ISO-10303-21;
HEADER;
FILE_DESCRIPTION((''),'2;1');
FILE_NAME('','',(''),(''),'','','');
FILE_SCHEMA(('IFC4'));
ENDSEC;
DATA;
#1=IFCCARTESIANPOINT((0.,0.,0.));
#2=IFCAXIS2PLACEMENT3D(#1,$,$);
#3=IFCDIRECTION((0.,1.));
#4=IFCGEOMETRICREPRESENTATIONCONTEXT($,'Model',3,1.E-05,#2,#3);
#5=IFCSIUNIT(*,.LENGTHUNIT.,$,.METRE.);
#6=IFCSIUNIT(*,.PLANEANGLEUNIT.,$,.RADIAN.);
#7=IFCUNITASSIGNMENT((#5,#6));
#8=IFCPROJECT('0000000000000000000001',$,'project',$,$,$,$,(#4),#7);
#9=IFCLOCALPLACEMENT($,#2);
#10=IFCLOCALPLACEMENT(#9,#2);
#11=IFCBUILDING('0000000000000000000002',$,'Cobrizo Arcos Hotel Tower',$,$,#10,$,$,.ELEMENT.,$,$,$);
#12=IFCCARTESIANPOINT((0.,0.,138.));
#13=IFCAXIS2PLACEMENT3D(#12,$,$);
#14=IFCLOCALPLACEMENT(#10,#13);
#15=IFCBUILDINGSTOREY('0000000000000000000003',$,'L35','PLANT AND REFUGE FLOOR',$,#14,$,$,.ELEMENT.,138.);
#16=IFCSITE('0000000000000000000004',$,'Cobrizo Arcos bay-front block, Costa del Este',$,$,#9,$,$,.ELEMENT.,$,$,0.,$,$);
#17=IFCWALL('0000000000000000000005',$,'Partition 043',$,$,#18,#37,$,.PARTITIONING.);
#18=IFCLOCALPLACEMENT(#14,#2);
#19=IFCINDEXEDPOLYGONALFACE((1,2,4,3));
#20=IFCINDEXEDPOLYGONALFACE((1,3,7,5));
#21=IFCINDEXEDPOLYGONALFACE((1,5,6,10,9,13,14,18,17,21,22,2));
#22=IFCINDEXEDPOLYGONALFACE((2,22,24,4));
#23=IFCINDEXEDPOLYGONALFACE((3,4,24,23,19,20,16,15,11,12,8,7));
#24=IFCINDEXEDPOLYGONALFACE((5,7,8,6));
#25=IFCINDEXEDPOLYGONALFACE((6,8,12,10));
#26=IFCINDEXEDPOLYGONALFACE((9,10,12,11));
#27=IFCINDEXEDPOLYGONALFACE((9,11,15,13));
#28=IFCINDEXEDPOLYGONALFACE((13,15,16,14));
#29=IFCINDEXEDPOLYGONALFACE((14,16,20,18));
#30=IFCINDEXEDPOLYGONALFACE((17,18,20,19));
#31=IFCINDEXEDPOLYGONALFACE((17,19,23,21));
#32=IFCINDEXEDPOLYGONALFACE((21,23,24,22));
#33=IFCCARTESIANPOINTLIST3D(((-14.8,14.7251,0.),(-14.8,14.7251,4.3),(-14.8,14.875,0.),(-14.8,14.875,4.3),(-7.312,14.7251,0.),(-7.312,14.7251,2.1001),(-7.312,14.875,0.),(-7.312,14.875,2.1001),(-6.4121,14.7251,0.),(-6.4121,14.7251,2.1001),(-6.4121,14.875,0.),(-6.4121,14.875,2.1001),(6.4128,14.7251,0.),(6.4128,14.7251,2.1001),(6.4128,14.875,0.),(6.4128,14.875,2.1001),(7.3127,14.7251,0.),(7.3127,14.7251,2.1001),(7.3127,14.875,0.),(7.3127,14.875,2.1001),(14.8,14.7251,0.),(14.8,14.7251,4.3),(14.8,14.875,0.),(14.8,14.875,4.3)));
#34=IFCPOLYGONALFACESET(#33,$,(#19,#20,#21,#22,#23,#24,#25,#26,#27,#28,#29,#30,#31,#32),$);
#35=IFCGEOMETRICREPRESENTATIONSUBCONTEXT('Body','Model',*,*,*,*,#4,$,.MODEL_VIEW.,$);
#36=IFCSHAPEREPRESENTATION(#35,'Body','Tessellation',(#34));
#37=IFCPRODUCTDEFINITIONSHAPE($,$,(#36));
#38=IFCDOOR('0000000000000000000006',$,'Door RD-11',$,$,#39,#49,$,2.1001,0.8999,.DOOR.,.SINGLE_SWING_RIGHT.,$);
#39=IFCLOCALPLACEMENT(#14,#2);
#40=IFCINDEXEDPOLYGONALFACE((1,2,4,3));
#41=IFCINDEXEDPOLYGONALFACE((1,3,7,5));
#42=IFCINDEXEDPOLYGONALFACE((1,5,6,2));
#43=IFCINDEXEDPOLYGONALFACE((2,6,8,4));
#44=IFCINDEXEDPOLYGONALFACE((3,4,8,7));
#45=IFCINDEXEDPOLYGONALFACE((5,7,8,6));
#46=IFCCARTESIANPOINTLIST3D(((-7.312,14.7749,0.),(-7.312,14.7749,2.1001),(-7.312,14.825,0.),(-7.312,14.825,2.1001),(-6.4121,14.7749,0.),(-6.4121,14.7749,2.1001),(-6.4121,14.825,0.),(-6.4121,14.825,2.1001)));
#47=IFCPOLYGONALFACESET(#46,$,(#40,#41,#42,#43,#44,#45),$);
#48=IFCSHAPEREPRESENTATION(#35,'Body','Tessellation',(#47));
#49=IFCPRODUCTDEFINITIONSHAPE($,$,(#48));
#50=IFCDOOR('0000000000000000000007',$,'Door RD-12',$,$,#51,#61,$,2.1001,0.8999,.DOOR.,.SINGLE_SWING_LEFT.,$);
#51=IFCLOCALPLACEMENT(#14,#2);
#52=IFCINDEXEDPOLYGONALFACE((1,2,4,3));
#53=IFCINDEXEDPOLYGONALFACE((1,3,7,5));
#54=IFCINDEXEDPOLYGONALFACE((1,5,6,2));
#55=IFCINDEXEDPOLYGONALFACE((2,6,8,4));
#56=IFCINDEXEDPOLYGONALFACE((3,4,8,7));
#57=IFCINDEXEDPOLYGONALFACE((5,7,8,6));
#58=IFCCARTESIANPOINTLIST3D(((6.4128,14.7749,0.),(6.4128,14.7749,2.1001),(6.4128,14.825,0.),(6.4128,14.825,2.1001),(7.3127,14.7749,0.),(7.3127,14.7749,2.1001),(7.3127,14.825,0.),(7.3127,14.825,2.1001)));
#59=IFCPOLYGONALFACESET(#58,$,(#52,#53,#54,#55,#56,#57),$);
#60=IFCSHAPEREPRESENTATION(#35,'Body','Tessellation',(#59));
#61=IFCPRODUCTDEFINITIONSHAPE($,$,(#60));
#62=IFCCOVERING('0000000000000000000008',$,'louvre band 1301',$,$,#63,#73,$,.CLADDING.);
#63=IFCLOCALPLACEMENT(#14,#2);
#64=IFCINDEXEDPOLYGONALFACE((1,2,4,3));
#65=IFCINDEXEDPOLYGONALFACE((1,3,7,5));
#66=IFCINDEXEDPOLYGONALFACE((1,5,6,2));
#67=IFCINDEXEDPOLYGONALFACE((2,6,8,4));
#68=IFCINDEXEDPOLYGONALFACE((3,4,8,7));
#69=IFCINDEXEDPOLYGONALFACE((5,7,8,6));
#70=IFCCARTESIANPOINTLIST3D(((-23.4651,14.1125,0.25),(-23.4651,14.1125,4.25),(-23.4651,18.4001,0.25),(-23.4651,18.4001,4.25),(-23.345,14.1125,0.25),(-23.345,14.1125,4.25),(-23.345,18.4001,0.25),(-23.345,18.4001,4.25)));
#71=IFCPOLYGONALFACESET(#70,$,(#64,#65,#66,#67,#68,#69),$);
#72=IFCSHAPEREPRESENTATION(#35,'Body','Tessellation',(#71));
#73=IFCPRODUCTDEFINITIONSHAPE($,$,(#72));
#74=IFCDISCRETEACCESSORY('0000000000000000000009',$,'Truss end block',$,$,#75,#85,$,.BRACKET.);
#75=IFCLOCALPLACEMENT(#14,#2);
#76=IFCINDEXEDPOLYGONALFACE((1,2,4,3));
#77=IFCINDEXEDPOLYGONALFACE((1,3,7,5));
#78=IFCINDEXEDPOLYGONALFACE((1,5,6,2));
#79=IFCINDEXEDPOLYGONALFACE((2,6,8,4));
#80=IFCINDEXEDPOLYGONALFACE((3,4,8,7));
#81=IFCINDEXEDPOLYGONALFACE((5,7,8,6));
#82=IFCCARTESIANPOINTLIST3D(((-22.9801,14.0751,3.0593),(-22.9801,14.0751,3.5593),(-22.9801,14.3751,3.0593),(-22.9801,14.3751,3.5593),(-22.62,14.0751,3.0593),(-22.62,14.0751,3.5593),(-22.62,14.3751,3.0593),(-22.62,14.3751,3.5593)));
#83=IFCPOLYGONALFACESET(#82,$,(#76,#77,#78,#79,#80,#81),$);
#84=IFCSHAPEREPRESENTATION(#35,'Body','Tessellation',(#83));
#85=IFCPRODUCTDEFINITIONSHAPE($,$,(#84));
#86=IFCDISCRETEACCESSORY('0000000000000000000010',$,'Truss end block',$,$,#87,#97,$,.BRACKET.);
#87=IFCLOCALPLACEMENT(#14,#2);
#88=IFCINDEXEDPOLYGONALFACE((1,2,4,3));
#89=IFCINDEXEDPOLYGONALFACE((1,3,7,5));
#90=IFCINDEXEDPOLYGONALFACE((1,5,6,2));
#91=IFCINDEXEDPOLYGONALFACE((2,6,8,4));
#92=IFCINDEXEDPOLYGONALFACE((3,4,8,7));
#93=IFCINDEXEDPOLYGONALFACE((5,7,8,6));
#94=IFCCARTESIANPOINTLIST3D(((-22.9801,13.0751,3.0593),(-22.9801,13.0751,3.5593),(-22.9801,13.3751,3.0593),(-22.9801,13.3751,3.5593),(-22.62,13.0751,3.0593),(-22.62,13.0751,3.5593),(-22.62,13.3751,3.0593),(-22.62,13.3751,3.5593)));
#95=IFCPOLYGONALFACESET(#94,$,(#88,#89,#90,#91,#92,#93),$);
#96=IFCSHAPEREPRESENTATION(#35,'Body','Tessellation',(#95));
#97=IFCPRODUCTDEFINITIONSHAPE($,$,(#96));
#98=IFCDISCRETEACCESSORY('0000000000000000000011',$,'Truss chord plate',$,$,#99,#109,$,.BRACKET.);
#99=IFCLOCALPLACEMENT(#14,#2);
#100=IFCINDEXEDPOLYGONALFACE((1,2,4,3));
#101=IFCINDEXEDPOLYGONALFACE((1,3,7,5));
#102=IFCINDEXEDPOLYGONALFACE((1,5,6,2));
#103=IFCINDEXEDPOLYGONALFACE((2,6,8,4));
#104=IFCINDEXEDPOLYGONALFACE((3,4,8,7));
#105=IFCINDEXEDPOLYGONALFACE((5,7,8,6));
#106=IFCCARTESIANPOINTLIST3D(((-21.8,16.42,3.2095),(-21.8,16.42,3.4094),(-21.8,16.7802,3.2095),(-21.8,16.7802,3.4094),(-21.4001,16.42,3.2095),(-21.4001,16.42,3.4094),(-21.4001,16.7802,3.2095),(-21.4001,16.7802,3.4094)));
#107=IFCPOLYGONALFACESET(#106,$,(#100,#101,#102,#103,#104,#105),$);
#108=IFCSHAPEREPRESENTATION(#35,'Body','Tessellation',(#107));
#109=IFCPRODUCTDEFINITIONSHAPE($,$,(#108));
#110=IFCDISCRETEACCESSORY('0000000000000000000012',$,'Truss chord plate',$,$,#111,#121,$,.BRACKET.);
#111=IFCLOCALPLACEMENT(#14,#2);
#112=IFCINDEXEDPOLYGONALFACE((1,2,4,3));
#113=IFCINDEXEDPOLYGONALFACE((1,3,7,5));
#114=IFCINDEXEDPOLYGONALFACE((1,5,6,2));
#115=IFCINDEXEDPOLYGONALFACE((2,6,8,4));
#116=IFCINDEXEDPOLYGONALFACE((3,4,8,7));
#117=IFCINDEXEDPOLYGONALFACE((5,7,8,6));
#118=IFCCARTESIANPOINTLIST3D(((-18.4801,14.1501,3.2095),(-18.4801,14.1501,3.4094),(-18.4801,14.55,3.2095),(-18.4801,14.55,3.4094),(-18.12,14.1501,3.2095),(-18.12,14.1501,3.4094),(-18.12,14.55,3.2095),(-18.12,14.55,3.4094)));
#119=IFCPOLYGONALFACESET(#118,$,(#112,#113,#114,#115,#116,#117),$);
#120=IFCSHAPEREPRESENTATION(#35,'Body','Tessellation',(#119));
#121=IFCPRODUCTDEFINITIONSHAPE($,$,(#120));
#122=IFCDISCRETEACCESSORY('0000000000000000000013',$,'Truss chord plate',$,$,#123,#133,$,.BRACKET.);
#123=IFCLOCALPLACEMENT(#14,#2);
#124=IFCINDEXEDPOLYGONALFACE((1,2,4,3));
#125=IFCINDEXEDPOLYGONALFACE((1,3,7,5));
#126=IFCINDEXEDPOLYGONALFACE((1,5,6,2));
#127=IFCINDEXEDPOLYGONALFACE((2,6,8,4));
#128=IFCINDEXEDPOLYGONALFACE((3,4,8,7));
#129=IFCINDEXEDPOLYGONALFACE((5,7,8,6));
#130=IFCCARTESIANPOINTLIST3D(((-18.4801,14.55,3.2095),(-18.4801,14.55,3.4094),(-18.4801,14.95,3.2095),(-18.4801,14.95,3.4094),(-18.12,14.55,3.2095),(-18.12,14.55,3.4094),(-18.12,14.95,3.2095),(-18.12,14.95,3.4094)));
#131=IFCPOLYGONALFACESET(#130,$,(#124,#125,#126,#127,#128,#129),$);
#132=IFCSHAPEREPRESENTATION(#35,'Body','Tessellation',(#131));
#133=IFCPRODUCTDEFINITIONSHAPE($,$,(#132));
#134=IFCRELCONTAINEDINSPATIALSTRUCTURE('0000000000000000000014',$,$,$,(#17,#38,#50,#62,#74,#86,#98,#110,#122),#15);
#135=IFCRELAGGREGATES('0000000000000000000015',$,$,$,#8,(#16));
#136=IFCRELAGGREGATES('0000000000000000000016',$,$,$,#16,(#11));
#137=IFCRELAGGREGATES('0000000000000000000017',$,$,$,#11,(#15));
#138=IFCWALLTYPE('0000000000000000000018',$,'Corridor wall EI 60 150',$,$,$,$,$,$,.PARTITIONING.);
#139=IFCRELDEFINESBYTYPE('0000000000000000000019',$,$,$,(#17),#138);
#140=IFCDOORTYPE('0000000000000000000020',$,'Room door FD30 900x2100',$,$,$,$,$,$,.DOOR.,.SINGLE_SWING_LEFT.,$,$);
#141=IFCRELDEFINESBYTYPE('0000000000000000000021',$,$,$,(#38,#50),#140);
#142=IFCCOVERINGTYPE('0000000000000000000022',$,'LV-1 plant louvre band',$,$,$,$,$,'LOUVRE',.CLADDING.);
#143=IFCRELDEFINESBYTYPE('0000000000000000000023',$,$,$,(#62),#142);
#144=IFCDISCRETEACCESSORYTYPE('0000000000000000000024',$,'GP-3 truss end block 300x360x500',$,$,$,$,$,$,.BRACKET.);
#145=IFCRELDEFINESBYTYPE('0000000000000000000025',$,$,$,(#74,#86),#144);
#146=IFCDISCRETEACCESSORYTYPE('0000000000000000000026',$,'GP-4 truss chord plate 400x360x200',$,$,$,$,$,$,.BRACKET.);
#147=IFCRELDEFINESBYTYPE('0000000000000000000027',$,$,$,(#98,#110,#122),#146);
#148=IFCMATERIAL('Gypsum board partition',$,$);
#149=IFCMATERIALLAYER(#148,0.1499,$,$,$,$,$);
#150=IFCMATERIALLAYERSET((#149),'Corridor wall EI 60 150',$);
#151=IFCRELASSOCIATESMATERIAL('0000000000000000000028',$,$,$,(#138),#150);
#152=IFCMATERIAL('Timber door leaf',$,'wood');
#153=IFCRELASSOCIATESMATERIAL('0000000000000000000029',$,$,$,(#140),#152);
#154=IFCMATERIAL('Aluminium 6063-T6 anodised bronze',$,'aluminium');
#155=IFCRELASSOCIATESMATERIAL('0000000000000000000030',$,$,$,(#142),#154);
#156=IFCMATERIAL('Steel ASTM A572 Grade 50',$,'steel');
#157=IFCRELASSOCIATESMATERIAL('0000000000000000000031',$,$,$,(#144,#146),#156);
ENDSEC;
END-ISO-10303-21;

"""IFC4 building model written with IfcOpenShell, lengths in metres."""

from ifc_helpers import new_model, si_unit, direction, frame, frame_2d, origin, origin_2d, place, context, subcontext, project, spatial, rectangle, extrude, material, layer, layer_set, type_object, element, fill, save


model = new_model("IFC4")

# Units and contexts
model_context = context("Model", 3, precision=1e-05, world=origin(), true_north=direction((0.0, 1.0)))
body_context = subcontext(model_context, "Body", "Model", "MODEL_VIEW")
ifc_project = project(units=[si_unit("LENGTHUNIT", "METRE"), si_unit("PLANEANGLEUNIT", "RADIAN")], contexts=[model_context])

# Site, building, storey
site_placement = place(None, origin())
site = spatial("IfcSite", under=ifc_project, at=site_placement, Name="Cobrizo Arcos bay-front block, Costa del Este", CompositionType="ELEMENT", RefElevation=0.0)
building_placement = place(site_placement, origin())
building = spatial("IfcBuilding", under=site, at=building_placement, Name="Cobrizo Arcos Hotel Tower", CompositionType="ELEMENT")
storey_placement = place(building_placement, frame((0.0, 0.0, 138.0)))
storey = spatial("IfcBuildingStorey", under=building, at=storey_placement, Name="L35", Description="PLANT AND REFUGE FLOOR", CompositionType="ELEMENT", Elevation=138.0)

# Shared definitions
ifc_material_1 = material(Name="Aluminium 6063-T6 anodised bronze", Category="aluminium")

# Wall, openings, doors
ifc_material_2 = material(Name="Gypsum board partition")
ifc_layer_1 = layer(ifc_material_2, 0.1499)
ifc_layer_set_1 = layer_set([ifc_layer_1], Name="Corridor wall EI 60 150")
wall_type = type_object("IfcWallType", Name="Corridor wall EI 60 150", PredefinedType="PARTITIONING", material=ifc_layer_set_1)
wall_placement = place(storey_placement, frame((-14.8, 14.8, 0.0), z_axis=(0.0, 0.0, 1.0), x_axis=(1.0, 0.0, 0.0)))
wall = element("IfcWall", 1, at=wall_placement, inside=storey, type_object=wall_type, Name="Partition 043", PredefinedType="PARTITIONING", context=body_context, shape_type="SweptSolid", body=[
    extrude(rectangle(XDim=29.6001, YDim=0.1499, at=frame_2d((14.8, 0.0))), origin(), (0.0, 0.0, 1.0), 4.3),
])
opening_1_placement = place(wall_placement, frame((7.488, 0.0, 0.0)))
opening_1 = element("IfcOpeningElement", 2, at=opening_1_placement, cuts=wall, PredefinedType="OPENING", context=body_context, shape_type="SweptSolid", body=[
    extrude(rectangle(XDim=0.8999, YDim=2.1001, at=frame_2d((0.45, 1.05))), frame((0.0, 0.0869, 0.0), z_axis=(0.0, -1.0, 0.0), x_axis=(1.0, 0.0, 0.0)), (0.0, 0.0, 1.0), 0.1738),
])
opening_2_placement = place(wall_placement, frame((21.2129, 0.0, 0.0)))
opening_2 = element("IfcOpeningElement", 3, at=opening_2_placement, cuts=wall, PredefinedType="OPENING", context=body_context, shape_type="SweptSolid", body=[
    extrude(rectangle(XDim=0.8999, YDim=2.1001, at=frame_2d((0.45, 1.05))), frame((0.0, 0.0869, 0.0), z_axis=(0.0, -1.0, 0.0), x_axis=(1.0, 0.0, 0.0)), (0.0, 0.0, 1.0), 0.1738),
])
ifc_material_3 = material(Name="Timber door leaf", Category="wood")
door_type = type_object("IfcDoorType", Name="Room door FD30 900x2100", OperationType="SINGLE_SWING_LEFT", PredefinedType="DOOR", material=ifc_material_3)
door_1_placement = place(opening_1_placement, origin())
door_1 = element("IfcDoor", 4, at=door_1_placement, inside=storey, type_object=door_type, Name="Door RD-11", OperationType="SINGLE_SWING_RIGHT", OverallHeight=2.1001, OverallWidth=0.8999, PredefinedType="DOOR", context=body_context, shape_type="SweptSolid", body=[
    extrude(rectangle(XDim=0.8999, YDim=2.1001, at=frame_2d((0.45, 1.05))), frame((0.0, 0.0249, 0.0), z_axis=(0.0, -1.0, 0.0), x_axis=(1.0, 0.0, 0.0)), (0.0, 0.0, 1.0), 0.05),
])
fill(opening_1, door_1)
door_2_placement = place(opening_2_placement, origin())
door_2 = element("IfcDoor", 5, at=door_2_placement, inside=storey, type_object=door_type, Name="Door RD-12", OperationType="SINGLE_SWING_LEFT", OverallHeight=2.1001, OverallWidth=0.8999, PredefinedType="DOOR", context=body_context, shape_type="SweptSolid", body=[
    extrude(rectangle(XDim=0.8999, YDim=2.1001, at=frame_2d((0.45, 1.05))), frame((0.0, 0.0249, 0.0), z_axis=(0.0, -1.0, 0.0), x_axis=(1.0, 0.0, 0.0)), (0.0, 0.0, 1.0), 0.05),
])
fill(opening_2, door_2)

# Covering
covering_type = type_object("IfcCoveringType", Name="LV-1 plant louvre band", ElementType="LOUVRE", PredefinedType="CLADDING", material=ifc_material_1)
covering_placement = place(storey_placement, frame((-23.405, 16.2563, 0.25), z_axis=(0.0, 0.0, 1.0), x_axis=(0.0, -1.0, 0.0)))
element("IfcCovering", 6, at=covering_placement, inside=storey, type_object=covering_type, Name="louvre band 1301", PredefinedType="CLADDING", context=body_context, shape_type="SweptSolid", body=[
    extrude(rectangle(XDim=4.2876, YDim=0.1201, at=origin_2d()), origin(), (0.0, 0.0, 1.0), 4.0),
])

# Discrete accessories
ifc_material_4 = material(Name="Steel ASTM A572 Grade 50", Category="steel")
discrete_accessory_type_1 = type_object("IfcDiscreteAccessoryType", Name="GP-3 truss end block 300x360x500", PredefinedType="BRACKET", material=ifc_material_4)
for number, where, z_axis, x_axis, name in (
    (7, (-22.8, 14.2251, 3.0593), (0.0, 0.0, 1.0), (0.0, 1.0, 0.0), "Truss end block"),
    (8, (-22.8, 13.2251, 3.0593), (0.0, 0.0, 1.0), (0.0, -1.0, 0.0), "Truss end block"),
):
    element("IfcDiscreteAccessory", number, at=place(storey_placement, frame(where, z_axis=z_axis, x_axis=x_axis)), inside=storey, type_object=discrete_accessory_type_1, Name=name, PredefinedType="BRACKET", context=body_context, shape_type="SweptSolid", body=[
        extrude(rectangle(XDim=0.3, YDim=0.3601, at=origin_2d()), origin(), (0.0, 0.0, 1.0), 0.5),
    ])
discrete_accessory_type_2 = type_object("IfcDiscreteAccessoryType", Name="GP-4 truss chord plate 400x360x200", PredefinedType="BRACKET", material=ifc_material_4)
for number, where, z_axis, x_axis, name in (
    (9, (-21.6001, 16.6001, 3.2095), (0.0, 0.0, 1.0), (-1.0, 0.0, 0.0), "Truss chord plate"),
    (10, (-18.3, 14.3501, 3.2095), (0.0, 0.0, 1.0), (0.0, 1.0, 0.0), "Truss chord plate"),
    (11, (-18.3, 14.75, 3.2095), (0.0, 0.0, 1.0), (0.0, 1.0, 0.0), "Truss chord plate"),
):
    element("IfcDiscreteAccessory", number, at=place(storey_placement, frame(where, z_axis=z_axis, x_axis=x_axis)), inside=storey, type_object=discrete_accessory_type_2, Name=name, PredefinedType="BRACKET", context=body_context, shape_type="SweptSolid", body=[
        extrude(rectangle(XDim=0.3999, YDim=0.3601, at=origin_2d()), origin(), (0.0, 0.0, 1.0), 0.2),
    ])

save(model, "model.ifc")
